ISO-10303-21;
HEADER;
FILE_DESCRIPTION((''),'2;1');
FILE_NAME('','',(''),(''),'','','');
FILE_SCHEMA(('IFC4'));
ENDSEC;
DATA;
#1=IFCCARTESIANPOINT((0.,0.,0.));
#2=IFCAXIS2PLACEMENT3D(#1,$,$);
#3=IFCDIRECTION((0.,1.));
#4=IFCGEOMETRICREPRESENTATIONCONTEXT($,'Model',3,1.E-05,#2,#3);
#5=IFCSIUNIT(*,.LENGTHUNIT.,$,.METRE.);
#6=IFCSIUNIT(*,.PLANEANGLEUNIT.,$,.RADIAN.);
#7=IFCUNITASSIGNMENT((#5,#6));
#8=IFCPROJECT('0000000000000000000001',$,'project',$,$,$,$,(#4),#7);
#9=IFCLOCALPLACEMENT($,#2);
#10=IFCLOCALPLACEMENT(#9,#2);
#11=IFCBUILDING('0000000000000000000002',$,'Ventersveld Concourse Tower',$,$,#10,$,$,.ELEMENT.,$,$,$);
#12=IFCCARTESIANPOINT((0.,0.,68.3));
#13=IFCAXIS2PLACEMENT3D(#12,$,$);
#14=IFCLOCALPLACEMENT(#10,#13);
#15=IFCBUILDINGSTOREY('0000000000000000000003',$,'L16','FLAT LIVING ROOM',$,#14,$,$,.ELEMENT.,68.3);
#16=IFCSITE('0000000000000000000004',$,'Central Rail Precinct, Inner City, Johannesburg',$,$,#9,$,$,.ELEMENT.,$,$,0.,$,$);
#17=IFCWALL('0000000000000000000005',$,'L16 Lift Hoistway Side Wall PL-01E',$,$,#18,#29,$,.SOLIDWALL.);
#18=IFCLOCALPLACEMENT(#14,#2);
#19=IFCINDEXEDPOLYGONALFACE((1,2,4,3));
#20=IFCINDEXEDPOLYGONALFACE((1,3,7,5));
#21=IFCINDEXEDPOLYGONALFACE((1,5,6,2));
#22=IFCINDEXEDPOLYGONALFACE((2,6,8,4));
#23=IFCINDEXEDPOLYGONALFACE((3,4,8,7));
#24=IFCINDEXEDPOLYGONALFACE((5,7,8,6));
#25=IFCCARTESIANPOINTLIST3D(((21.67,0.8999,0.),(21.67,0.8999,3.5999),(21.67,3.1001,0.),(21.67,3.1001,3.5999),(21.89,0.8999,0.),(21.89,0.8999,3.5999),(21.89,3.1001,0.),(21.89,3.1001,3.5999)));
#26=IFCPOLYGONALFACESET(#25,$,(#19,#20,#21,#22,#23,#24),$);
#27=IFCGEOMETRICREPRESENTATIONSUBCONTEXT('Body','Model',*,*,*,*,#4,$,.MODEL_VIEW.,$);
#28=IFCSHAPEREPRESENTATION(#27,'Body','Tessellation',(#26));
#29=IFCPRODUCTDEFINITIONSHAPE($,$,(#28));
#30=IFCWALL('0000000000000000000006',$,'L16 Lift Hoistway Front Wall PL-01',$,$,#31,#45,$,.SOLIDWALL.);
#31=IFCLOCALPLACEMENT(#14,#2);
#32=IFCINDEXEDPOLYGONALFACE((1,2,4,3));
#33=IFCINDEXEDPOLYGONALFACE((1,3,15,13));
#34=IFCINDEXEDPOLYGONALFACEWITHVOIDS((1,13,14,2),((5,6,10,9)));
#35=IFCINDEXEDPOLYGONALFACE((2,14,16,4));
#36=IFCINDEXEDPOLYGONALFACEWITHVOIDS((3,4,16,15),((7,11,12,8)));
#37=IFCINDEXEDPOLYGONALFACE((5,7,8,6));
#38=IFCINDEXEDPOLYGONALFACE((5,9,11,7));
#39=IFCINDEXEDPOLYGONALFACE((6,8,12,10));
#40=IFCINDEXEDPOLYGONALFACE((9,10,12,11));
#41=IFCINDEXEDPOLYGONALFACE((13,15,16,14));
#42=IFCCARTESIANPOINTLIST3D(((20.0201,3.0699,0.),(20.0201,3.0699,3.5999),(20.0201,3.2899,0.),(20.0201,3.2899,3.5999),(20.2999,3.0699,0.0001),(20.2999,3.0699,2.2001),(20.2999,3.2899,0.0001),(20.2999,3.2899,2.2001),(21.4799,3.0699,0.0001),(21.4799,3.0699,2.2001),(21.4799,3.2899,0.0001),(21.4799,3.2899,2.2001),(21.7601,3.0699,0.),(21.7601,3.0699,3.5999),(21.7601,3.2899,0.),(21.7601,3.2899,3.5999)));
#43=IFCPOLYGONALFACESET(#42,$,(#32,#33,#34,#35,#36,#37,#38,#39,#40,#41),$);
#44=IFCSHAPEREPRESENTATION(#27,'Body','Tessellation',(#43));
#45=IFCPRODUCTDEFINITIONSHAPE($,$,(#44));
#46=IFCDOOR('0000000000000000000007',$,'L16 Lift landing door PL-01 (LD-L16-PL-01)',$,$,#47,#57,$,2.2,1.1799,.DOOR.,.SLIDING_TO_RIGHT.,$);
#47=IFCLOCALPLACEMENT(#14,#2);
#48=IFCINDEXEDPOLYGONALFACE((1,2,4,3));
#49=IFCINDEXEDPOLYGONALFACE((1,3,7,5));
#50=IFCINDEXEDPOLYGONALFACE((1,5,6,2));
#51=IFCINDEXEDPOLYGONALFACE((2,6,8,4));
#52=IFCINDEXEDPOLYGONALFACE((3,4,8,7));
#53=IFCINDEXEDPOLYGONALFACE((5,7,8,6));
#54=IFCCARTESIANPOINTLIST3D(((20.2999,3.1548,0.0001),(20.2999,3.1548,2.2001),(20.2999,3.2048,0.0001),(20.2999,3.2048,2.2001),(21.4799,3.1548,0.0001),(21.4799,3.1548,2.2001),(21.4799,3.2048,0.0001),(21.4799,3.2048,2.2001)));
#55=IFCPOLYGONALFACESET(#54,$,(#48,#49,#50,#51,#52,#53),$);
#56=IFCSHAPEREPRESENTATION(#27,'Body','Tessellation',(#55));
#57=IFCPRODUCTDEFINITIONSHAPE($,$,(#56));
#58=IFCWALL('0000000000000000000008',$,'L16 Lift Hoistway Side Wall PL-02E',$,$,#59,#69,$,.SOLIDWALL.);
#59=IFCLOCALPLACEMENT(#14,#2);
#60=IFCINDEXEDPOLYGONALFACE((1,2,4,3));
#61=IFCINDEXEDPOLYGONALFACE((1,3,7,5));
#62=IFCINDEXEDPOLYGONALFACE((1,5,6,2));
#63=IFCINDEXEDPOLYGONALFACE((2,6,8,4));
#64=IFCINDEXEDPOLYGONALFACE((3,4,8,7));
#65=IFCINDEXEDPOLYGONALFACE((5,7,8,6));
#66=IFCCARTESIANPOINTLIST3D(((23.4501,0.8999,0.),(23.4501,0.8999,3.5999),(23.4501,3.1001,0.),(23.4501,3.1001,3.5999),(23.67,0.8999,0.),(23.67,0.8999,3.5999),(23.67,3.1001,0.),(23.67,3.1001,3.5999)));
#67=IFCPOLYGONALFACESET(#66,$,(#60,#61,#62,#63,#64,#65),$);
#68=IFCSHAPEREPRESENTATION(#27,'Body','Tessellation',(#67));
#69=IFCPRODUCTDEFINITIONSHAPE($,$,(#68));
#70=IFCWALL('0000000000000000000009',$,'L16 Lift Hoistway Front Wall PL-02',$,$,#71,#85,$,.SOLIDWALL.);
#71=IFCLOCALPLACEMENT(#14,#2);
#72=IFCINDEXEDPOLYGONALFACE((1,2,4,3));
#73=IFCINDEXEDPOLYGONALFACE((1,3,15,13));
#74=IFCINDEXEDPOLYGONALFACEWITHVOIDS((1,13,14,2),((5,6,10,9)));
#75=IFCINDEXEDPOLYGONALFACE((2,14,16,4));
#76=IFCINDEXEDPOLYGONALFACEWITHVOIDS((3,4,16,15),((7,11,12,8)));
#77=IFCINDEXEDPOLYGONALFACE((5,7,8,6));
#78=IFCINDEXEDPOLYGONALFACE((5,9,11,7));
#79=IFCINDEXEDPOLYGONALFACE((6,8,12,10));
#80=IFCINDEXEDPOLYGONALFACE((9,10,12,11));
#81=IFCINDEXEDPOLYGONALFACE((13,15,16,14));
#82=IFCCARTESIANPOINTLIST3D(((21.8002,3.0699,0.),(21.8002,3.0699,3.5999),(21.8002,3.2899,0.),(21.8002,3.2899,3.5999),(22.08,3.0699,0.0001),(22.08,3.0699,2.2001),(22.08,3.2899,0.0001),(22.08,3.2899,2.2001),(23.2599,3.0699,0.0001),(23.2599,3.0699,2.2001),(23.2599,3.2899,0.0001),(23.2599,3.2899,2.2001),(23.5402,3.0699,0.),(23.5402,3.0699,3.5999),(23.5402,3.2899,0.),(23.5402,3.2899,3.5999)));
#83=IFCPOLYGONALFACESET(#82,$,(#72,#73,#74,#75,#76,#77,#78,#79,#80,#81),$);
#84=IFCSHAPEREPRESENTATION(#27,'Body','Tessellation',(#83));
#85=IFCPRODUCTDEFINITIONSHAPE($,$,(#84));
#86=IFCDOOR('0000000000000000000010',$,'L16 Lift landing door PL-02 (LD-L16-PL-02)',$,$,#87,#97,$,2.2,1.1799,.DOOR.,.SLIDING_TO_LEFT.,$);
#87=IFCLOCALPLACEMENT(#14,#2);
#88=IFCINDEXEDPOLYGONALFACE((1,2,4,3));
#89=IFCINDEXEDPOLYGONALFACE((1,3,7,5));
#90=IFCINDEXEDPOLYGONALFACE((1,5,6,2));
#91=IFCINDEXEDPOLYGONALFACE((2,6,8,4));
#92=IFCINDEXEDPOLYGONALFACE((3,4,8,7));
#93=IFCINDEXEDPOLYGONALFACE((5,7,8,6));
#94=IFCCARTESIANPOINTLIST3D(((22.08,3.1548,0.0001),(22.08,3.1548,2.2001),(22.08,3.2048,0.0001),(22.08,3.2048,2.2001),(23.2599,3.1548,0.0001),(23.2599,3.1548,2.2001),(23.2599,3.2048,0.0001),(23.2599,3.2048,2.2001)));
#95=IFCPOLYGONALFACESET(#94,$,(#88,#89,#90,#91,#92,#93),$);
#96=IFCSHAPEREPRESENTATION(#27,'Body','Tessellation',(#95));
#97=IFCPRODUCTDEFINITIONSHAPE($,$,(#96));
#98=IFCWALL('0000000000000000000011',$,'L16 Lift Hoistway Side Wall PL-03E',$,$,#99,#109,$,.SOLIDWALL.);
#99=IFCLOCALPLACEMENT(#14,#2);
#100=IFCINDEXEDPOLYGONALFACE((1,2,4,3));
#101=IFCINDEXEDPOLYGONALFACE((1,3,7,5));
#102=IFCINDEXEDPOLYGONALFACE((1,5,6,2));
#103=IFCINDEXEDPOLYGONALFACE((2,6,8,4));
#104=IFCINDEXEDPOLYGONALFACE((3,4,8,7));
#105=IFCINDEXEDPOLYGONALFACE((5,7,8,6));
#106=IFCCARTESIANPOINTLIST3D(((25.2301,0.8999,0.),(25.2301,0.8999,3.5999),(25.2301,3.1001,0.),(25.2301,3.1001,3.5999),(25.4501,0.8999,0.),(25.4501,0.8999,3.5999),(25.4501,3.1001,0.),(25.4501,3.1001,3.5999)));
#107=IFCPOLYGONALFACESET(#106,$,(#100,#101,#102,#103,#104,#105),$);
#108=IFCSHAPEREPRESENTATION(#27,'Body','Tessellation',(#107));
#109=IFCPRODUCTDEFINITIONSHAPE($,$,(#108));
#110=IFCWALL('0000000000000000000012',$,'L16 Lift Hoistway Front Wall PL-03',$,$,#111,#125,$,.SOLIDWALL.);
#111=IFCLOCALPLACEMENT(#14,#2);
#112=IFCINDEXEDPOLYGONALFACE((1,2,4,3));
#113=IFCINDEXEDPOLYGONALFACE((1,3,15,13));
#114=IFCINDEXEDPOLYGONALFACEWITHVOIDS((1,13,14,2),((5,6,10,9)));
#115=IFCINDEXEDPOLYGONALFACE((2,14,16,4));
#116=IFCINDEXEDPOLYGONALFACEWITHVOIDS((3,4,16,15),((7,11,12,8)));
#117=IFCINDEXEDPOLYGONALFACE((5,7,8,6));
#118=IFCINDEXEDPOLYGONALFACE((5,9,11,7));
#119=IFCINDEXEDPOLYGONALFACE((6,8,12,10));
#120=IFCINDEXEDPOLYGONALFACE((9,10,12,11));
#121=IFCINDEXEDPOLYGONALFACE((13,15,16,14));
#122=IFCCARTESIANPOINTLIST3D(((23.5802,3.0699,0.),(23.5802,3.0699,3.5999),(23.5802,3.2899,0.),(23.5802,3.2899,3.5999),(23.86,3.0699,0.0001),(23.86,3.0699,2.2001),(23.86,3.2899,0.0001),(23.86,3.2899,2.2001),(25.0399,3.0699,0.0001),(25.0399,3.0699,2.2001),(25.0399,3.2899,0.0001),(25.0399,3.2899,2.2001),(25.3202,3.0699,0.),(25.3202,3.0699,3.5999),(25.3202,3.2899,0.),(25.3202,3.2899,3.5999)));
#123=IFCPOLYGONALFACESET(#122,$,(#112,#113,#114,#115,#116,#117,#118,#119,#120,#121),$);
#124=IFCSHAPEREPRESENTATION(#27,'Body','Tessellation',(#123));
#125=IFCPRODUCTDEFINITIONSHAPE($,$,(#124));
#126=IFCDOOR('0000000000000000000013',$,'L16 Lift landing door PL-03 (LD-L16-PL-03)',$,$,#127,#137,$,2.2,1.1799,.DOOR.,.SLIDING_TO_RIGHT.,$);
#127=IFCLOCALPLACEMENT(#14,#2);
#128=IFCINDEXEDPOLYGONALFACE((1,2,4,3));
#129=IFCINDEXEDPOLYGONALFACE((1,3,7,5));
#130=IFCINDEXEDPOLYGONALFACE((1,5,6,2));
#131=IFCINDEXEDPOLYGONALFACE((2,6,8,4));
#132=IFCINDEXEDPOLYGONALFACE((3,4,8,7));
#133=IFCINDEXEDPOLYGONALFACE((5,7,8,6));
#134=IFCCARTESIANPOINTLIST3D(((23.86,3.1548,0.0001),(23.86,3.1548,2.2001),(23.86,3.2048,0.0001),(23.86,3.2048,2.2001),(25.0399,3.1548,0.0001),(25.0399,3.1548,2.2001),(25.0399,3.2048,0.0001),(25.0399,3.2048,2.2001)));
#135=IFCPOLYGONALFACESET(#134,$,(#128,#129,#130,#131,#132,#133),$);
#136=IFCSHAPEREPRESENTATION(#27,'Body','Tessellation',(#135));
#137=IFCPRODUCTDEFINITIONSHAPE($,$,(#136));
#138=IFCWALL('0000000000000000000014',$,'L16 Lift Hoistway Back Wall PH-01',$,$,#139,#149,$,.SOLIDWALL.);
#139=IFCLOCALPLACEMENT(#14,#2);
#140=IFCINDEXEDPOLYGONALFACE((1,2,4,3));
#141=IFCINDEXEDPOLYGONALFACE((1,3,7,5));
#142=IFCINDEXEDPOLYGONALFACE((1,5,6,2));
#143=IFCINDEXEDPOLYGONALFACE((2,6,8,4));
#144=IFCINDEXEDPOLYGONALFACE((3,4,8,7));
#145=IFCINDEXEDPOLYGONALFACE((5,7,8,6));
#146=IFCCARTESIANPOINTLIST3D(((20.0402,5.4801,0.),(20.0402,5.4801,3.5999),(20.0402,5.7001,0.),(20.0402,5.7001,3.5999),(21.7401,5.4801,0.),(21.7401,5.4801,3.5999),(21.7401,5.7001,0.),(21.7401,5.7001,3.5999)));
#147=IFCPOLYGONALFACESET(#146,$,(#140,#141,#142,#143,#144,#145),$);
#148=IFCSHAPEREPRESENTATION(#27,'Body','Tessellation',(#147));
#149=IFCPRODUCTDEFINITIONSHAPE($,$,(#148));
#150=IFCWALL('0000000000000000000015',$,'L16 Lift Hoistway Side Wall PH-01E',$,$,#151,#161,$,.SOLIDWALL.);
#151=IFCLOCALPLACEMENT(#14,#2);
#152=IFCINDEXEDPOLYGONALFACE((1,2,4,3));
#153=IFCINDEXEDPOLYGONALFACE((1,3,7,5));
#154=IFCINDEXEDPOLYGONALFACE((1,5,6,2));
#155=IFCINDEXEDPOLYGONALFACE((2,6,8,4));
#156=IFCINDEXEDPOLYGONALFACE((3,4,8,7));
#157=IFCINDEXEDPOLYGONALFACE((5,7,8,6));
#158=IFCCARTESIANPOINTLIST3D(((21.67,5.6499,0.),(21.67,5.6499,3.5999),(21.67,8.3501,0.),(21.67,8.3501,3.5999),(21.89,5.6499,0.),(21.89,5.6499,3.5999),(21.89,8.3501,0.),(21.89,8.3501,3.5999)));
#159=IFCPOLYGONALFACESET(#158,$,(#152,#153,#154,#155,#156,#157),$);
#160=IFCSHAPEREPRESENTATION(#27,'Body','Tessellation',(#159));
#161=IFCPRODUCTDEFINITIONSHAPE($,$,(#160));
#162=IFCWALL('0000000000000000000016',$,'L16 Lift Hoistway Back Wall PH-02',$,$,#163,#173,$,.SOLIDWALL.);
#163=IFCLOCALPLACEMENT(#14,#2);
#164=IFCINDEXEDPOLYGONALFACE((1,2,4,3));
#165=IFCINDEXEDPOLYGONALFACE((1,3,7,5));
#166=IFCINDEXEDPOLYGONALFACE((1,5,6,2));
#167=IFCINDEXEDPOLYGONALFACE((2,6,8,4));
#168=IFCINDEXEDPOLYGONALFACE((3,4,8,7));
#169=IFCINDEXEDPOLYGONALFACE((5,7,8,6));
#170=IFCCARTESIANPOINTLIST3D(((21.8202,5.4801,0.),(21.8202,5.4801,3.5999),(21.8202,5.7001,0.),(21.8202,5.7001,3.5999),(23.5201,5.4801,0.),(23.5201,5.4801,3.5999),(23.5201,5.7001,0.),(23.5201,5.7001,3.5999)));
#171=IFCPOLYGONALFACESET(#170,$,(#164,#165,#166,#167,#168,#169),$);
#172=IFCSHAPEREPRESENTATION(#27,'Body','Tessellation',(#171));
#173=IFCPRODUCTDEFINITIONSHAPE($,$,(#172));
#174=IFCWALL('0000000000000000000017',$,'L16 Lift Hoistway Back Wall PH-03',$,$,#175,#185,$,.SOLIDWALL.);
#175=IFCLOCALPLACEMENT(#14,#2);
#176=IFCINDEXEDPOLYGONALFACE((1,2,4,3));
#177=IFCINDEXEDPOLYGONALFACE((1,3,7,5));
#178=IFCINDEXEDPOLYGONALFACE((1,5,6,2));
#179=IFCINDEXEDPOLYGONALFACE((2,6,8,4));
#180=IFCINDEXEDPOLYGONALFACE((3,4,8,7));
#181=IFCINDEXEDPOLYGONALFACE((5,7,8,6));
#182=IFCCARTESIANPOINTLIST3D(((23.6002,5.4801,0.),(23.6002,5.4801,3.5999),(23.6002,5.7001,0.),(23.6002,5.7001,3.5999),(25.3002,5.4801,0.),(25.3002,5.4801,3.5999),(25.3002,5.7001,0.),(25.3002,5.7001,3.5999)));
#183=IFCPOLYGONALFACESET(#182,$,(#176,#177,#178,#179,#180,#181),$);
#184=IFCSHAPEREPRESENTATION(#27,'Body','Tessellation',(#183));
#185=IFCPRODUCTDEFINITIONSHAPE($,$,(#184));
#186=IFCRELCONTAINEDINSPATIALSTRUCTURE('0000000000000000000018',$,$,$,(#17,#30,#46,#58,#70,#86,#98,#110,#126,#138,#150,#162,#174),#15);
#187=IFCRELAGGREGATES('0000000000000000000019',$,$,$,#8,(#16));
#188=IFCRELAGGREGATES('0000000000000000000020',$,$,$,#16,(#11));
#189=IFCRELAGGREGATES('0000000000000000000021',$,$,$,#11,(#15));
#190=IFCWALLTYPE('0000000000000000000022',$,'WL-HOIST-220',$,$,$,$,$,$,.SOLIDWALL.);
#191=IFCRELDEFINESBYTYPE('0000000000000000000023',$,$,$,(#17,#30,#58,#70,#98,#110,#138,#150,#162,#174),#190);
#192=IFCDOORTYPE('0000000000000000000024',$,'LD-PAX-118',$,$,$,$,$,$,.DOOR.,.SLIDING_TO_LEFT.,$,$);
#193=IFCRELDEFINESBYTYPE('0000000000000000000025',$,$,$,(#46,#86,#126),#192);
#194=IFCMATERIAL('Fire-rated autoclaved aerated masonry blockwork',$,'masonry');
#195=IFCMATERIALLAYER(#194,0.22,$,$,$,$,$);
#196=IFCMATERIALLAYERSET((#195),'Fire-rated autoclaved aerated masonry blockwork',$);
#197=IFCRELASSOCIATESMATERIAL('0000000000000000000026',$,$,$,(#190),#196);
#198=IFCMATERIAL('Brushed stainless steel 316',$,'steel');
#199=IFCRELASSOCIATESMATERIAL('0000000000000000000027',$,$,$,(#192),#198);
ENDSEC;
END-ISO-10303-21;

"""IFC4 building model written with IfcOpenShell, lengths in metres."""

from ifc_helpers import new_model, si_unit, direction, frame, frame_2d, origin, place, context, subcontext, project, spatial, rectangle, extrude, material, layer, layer_set, type_object, element, fill, save


model = new_model("IFC4")

# Units and contexts
model_context = context("Model", 3, precision=1e-05, world=origin(), true_north=direction((0.0, 1.0)))
body_context = subcontext(model_context, "Body", "Model", "MODEL_VIEW")
ifc_project = project(units=[si_unit("LENGTHUNIT", "METRE"), si_unit("PLANEANGLEUNIT", "RADIAN")], contexts=[model_context])

# Site, building, storey
site_placement = place(None, origin())
site = spatial("IfcSite", under=ifc_project, at=site_placement, Name="Central Rail Precinct, Inner City, Johannesburg", CompositionType="ELEMENT", RefElevation=0.0)
building_placement = place(site_placement, origin())
building = spatial("IfcBuilding", under=site, at=building_placement, Name="Ventersveld Concourse Tower", CompositionType="ELEMENT")
storey_placement = place(building_placement, frame((0.0, 0.0, 68.3)))
storey = spatial("IfcBuildingStorey", under=building, at=storey_placement, Name="L16", Description="FLAT LIVING ROOM", CompositionType="ELEMENT", Elevation=68.3)

# Wall
ifc_material_1 = material(Name="Fire-rated autoclaved aerated masonry blockwork", Category="masonry")
ifc_layer_1 = layer(ifc_material_1, 0.22)
ifc_layer_set_1 = layer_set([ifc_layer_1], Name="Fire-rated autoclaved aerated masonry blockwork")
wall_type_1 = type_object("IfcWallType", Name="WL-HOIST-220", PredefinedType="SOLIDWALL", material=ifc_layer_set_1)
wall_1_placement = place(storey_placement, frame((21.78, 0.8999, 0.0), z_axis=(0.0, 0.0, 1.0), x_axis=(0.0, 1.0, 0.0)))
element("IfcWall", 1, at=wall_1_placement, inside=storey, type_object=wall_type_1, Name="L16 Lift Hoistway Side Wall PL-01E", PredefinedType="SOLIDWALL", context=body_context, shape_type="SweptSolid", body=[
    extrude(rectangle(XDim=2.2002, YDim=0.22, at=frame_2d((1.1001, 0.0))), origin(), (0.0, 0.0, 1.0), 3.5999),
])

# Wall, opening, door
wall_2_placement = place(storey_placement, frame((20.02, 3.1799, 0.0), z_axis=(0.0, 0.0, 1.0), x_axis=(1.0, 0.0, 0.0)))
wall_2 = element("IfcWall", 2, at=wall_2_placement, inside=storey, type_object=wall_type_1, Name="L16 Lift Hoistway Front Wall PL-01", PredefinedType="SOLIDWALL", context=body_context, shape_type="SweptSolid", body=[
    extrude(rectangle(XDim=1.74, YDim=0.22, at=frame_2d((0.8701, 0.0))), origin(), (0.0, 0.0, 1.0), 3.5999),
])
opening_1_placement = place(wall_2_placement, frame((0.28, 0.0, 0.0)))
opening_1 = element("IfcOpeningElement", 3, at=opening_1_placement, cuts=wall_2, PredefinedType="OPENING", context=body_context, shape_type="SweptSolid", body=[
    extrude(rectangle(XDim=1.1799, YDim=2.2, at=frame_2d((0.5898, 1.1001))), frame((0.0, 0.1201, 0.0), z_axis=(0.0, -1.0, 0.0), x_axis=(1.0, 0.0, 0.0)), (0.0, 0.0, 1.0), 0.24),
])
ifc_material_2 = material(Name="Brushed stainless steel 316", Category="steel")
door_type = type_object("IfcDoorType", Name="LD-PAX-118", OperationType="SLIDING_TO_LEFT", PredefinedType="DOOR", material=ifc_material_2)
door_1_placement = place(opening_1_placement, origin())
door_1 = element("IfcDoor", 4, at=door_1_placement, inside=storey, type_object=door_type, Name="L16 Lift landing door PL-01 (LD-L16-PL-01)", OperationType="SLIDING_TO_RIGHT", OverallHeight=2.2, OverallWidth=1.1799, PredefinedType="DOOR", context=body_context, shape_type="SweptSolid", body=[
    extrude(rectangle(XDim=1.1799, YDim=2.2, at=frame_2d((0.5898, 1.1001))), frame((0.0, 0.0249, 0.0), z_axis=(0.0, -1.0, 0.0), x_axis=(1.0, 0.0, 0.0)), (0.0, 0.0, 1.0), 0.05),
])
fill(opening_1, door_1)

# Wall
wall_3_placement = place(storey_placement, frame((23.5601, 0.8999, 0.0), z_axis=(0.0, 0.0, 1.0), x_axis=(0.0, 1.0, 0.0)))
element("IfcWall", 5, at=wall_3_placement, inside=storey, type_object=wall_type_1, Name="L16 Lift Hoistway Side Wall PL-02E", PredefinedType="SOLIDWALL", context=body_context, shape_type="SweptSolid", body=[
    extrude(rectangle(XDim=2.2002, YDim=0.22, at=frame_2d((1.1001, 0.0))), origin(), (0.0, 0.0, 1.0), 3.5999),
])

# Wall, opening, door
wall_4_placement = place(storey_placement, frame((21.8, 3.1799, 0.0), z_axis=(0.0, 0.0, 1.0), x_axis=(1.0, 0.0, 0.0)))
wall_4 = element("IfcWall", 6, at=wall_4_placement, inside=storey, type_object=wall_type_1, Name="L16 Lift Hoistway Front Wall PL-02", PredefinedType="SOLIDWALL", context=body_context, shape_type="SweptSolid", body=[
    extrude(rectangle(XDim=1.74, YDim=0.22, at=frame_2d((0.8701, 0.0))), origin(), (0.0, 0.0, 1.0), 3.5999),
])
opening_2_placement = place(wall_4_placement, frame((0.28, 0.0, 0.0)))
opening_2 = element("IfcOpeningElement", 7, at=opening_2_placement, cuts=wall_4, PredefinedType="OPENING", context=body_context, shape_type="SweptSolid", body=[
    extrude(rectangle(XDim=1.1799, YDim=2.2, at=frame_2d((0.5898, 1.1001))), frame((0.0, 0.1201, 0.0), z_axis=(0.0, -1.0, 0.0), x_axis=(1.0, 0.0, 0.0)), (0.0, 0.0, 1.0), 0.24),
])
door_2_placement = place(opening_2_placement, origin())
door_2 = element("IfcDoor", 8, at=door_2_placement, inside=storey, type_object=door_type, Name="L16 Lift landing door PL-02 (LD-L16-PL-02)", OperationType="SLIDING_TO_LEFT", OverallHeight=2.2, OverallWidth=1.1799, PredefinedType="DOOR", context=body_context, shape_type="SweptSolid", body=[
    extrude(rectangle(XDim=1.1799, YDim=2.2, at=frame_2d((0.5898, 1.1001))), frame((0.0, 0.0249, 0.0), z_axis=(0.0, -1.0, 0.0), x_axis=(1.0, 0.0, 0.0)), (0.0, 0.0, 1.0), 0.05),
])
fill(opening_2, door_2)

# Wall
wall_5_placement = place(storey_placement, frame((25.3401, 0.8999, 0.0), z_axis=(0.0, 0.0, 1.0), x_axis=(0.0, 1.0, 0.0)))
element("IfcWall", 9, at=wall_5_placement, inside=storey, type_object=wall_type_1, Name="L16 Lift Hoistway Side Wall PL-03E", PredefinedType="SOLIDWALL", context=body_context, shape_type="SweptSolid", body=[
    extrude(rectangle(XDim=2.2002, YDim=0.22, at=frame_2d((1.1001, 0.0))), origin(), (0.0, 0.0, 1.0), 3.5999),
])

# Wall, opening, door
wall_6_placement = place(storey_placement, frame((23.5801, 3.1799, 0.0), z_axis=(0.0, 0.0, 1.0), x_axis=(1.0, 0.0, 0.0)))
wall_6 = element("IfcWall", 10, at=wall_6_placement, inside=storey, type_object=wall_type_1, Name="L16 Lift Hoistway Front Wall PL-03", PredefinedType="SOLIDWALL", context=body_context, shape_type="SweptSolid", body=[
    extrude(rectangle(XDim=1.74, YDim=0.22, at=frame_2d((0.8701, 0.0))), origin(), (0.0, 0.0, 1.0), 3.5999),
])
opening_3_placement = place(wall_6_placement, frame((0.28, 0.0, 0.0)))
opening_3 = element("IfcOpeningElement", 11, at=opening_3_placement, cuts=wall_6, PredefinedType="OPENING", context=body_context, shape_type="SweptSolid", body=[
    extrude(rectangle(XDim=1.1799, YDim=2.2, at=frame_2d((0.5898, 1.1001))), frame((0.0, 0.1201, 0.0), z_axis=(0.0, -1.0, 0.0), x_axis=(1.0, 0.0, 0.0)), (0.0, 0.0, 1.0), 0.24),
])
door_3_placement = place(opening_3_placement, origin())
door_3 = element("IfcDoor", 12, at=door_3_placement, inside=storey, type_object=door_type, Name="L16 Lift landing door PL-03 (LD-L16-PL-03)", OperationType="SLIDING_TO_RIGHT", OverallHeight=2.2, OverallWidth=1.1799, PredefinedType="DOOR", context=body_context, shape_type="SweptSolid", body=[
    extrude(rectangle(XDim=1.1799, YDim=2.2, at=frame_2d((0.5898, 1.1001))), frame((0.0, 0.0249, 0.0), z_axis=(0.0, -1.0, 0.0), x_axis=(1.0, 0.0, 0.0)), (0.0, 0.0, 1.0), 0.05),
])
fill(opening_3, door_3)

# Walls
wall_7_placement = place(storey_placement, frame((20.04, 5.5901, 0.0), z_axis=(0.0, 0.0, 1.0), x_axis=(1.0, 0.0, 0.0)))
element("IfcWall", 13, at=wall_7_placement, inside=storey, type_object=wall_type_1, Name="L16 Lift Hoistway Back Wall PH-01", PredefinedType="SOLIDWALL", context=body_context, shape_type="SweptSolid", body=[
    extrude(rectangle(XDim=1.7, YDim=0.22, at=frame_2d((0.8501, 0.0))), origin(), (0.0, 0.0, 1.0), 3.5999),
])
wall_8_placement = place(storey_placement, frame((21.78, 5.6499, 0.0), z_axis=(0.0, 0.0, 1.0), x_axis=(0.0, 1.0, 0.0)))
element("IfcWall", 14, at=wall_8_placement, inside=storey, type_object=wall_type_1, Name="L16 Lift Hoistway Side Wall PH-01E", PredefinedType="SOLIDWALL", context=body_context, shape_type="SweptSolid", body=[
    extrude(rectangle(XDim=2.7002, YDim=0.22, at=frame_2d((1.3501, 0.0))), origin(), (0.0, 0.0, 1.0), 3.5999),
])
for number, where, z_axis, x_axis, name in (
    (15, (21.8201, 5.5901, 0.0), (0.0, 0.0, 1.0), (1.0, 0.0, 0.0), "L16 Lift Hoistway Back Wall PH-02"),
    (16, (23.6001, 5.5901, 0.0), (0.0, 0.0, 1.0), (1.0, 0.0, 0.0), "L16 Lift Hoistway Back Wall PH-03"),
):
    element("IfcWall", number, at=place(storey_placement, frame(where, z_axis=z_axis, x_axis=x_axis)), inside=storey, type_object=wall_type_1, Name=name, PredefinedType="SOLIDWALL", context=body_context, shape_type="SweptSolid", body=[
        extrude(rectangle(XDim=1.7, YDim=0.22, at=frame_2d((0.8501, 0.0))), origin(), (0.0, 0.0, 1.0), 3.5999),
    ])

save(model, "model.ifc")
